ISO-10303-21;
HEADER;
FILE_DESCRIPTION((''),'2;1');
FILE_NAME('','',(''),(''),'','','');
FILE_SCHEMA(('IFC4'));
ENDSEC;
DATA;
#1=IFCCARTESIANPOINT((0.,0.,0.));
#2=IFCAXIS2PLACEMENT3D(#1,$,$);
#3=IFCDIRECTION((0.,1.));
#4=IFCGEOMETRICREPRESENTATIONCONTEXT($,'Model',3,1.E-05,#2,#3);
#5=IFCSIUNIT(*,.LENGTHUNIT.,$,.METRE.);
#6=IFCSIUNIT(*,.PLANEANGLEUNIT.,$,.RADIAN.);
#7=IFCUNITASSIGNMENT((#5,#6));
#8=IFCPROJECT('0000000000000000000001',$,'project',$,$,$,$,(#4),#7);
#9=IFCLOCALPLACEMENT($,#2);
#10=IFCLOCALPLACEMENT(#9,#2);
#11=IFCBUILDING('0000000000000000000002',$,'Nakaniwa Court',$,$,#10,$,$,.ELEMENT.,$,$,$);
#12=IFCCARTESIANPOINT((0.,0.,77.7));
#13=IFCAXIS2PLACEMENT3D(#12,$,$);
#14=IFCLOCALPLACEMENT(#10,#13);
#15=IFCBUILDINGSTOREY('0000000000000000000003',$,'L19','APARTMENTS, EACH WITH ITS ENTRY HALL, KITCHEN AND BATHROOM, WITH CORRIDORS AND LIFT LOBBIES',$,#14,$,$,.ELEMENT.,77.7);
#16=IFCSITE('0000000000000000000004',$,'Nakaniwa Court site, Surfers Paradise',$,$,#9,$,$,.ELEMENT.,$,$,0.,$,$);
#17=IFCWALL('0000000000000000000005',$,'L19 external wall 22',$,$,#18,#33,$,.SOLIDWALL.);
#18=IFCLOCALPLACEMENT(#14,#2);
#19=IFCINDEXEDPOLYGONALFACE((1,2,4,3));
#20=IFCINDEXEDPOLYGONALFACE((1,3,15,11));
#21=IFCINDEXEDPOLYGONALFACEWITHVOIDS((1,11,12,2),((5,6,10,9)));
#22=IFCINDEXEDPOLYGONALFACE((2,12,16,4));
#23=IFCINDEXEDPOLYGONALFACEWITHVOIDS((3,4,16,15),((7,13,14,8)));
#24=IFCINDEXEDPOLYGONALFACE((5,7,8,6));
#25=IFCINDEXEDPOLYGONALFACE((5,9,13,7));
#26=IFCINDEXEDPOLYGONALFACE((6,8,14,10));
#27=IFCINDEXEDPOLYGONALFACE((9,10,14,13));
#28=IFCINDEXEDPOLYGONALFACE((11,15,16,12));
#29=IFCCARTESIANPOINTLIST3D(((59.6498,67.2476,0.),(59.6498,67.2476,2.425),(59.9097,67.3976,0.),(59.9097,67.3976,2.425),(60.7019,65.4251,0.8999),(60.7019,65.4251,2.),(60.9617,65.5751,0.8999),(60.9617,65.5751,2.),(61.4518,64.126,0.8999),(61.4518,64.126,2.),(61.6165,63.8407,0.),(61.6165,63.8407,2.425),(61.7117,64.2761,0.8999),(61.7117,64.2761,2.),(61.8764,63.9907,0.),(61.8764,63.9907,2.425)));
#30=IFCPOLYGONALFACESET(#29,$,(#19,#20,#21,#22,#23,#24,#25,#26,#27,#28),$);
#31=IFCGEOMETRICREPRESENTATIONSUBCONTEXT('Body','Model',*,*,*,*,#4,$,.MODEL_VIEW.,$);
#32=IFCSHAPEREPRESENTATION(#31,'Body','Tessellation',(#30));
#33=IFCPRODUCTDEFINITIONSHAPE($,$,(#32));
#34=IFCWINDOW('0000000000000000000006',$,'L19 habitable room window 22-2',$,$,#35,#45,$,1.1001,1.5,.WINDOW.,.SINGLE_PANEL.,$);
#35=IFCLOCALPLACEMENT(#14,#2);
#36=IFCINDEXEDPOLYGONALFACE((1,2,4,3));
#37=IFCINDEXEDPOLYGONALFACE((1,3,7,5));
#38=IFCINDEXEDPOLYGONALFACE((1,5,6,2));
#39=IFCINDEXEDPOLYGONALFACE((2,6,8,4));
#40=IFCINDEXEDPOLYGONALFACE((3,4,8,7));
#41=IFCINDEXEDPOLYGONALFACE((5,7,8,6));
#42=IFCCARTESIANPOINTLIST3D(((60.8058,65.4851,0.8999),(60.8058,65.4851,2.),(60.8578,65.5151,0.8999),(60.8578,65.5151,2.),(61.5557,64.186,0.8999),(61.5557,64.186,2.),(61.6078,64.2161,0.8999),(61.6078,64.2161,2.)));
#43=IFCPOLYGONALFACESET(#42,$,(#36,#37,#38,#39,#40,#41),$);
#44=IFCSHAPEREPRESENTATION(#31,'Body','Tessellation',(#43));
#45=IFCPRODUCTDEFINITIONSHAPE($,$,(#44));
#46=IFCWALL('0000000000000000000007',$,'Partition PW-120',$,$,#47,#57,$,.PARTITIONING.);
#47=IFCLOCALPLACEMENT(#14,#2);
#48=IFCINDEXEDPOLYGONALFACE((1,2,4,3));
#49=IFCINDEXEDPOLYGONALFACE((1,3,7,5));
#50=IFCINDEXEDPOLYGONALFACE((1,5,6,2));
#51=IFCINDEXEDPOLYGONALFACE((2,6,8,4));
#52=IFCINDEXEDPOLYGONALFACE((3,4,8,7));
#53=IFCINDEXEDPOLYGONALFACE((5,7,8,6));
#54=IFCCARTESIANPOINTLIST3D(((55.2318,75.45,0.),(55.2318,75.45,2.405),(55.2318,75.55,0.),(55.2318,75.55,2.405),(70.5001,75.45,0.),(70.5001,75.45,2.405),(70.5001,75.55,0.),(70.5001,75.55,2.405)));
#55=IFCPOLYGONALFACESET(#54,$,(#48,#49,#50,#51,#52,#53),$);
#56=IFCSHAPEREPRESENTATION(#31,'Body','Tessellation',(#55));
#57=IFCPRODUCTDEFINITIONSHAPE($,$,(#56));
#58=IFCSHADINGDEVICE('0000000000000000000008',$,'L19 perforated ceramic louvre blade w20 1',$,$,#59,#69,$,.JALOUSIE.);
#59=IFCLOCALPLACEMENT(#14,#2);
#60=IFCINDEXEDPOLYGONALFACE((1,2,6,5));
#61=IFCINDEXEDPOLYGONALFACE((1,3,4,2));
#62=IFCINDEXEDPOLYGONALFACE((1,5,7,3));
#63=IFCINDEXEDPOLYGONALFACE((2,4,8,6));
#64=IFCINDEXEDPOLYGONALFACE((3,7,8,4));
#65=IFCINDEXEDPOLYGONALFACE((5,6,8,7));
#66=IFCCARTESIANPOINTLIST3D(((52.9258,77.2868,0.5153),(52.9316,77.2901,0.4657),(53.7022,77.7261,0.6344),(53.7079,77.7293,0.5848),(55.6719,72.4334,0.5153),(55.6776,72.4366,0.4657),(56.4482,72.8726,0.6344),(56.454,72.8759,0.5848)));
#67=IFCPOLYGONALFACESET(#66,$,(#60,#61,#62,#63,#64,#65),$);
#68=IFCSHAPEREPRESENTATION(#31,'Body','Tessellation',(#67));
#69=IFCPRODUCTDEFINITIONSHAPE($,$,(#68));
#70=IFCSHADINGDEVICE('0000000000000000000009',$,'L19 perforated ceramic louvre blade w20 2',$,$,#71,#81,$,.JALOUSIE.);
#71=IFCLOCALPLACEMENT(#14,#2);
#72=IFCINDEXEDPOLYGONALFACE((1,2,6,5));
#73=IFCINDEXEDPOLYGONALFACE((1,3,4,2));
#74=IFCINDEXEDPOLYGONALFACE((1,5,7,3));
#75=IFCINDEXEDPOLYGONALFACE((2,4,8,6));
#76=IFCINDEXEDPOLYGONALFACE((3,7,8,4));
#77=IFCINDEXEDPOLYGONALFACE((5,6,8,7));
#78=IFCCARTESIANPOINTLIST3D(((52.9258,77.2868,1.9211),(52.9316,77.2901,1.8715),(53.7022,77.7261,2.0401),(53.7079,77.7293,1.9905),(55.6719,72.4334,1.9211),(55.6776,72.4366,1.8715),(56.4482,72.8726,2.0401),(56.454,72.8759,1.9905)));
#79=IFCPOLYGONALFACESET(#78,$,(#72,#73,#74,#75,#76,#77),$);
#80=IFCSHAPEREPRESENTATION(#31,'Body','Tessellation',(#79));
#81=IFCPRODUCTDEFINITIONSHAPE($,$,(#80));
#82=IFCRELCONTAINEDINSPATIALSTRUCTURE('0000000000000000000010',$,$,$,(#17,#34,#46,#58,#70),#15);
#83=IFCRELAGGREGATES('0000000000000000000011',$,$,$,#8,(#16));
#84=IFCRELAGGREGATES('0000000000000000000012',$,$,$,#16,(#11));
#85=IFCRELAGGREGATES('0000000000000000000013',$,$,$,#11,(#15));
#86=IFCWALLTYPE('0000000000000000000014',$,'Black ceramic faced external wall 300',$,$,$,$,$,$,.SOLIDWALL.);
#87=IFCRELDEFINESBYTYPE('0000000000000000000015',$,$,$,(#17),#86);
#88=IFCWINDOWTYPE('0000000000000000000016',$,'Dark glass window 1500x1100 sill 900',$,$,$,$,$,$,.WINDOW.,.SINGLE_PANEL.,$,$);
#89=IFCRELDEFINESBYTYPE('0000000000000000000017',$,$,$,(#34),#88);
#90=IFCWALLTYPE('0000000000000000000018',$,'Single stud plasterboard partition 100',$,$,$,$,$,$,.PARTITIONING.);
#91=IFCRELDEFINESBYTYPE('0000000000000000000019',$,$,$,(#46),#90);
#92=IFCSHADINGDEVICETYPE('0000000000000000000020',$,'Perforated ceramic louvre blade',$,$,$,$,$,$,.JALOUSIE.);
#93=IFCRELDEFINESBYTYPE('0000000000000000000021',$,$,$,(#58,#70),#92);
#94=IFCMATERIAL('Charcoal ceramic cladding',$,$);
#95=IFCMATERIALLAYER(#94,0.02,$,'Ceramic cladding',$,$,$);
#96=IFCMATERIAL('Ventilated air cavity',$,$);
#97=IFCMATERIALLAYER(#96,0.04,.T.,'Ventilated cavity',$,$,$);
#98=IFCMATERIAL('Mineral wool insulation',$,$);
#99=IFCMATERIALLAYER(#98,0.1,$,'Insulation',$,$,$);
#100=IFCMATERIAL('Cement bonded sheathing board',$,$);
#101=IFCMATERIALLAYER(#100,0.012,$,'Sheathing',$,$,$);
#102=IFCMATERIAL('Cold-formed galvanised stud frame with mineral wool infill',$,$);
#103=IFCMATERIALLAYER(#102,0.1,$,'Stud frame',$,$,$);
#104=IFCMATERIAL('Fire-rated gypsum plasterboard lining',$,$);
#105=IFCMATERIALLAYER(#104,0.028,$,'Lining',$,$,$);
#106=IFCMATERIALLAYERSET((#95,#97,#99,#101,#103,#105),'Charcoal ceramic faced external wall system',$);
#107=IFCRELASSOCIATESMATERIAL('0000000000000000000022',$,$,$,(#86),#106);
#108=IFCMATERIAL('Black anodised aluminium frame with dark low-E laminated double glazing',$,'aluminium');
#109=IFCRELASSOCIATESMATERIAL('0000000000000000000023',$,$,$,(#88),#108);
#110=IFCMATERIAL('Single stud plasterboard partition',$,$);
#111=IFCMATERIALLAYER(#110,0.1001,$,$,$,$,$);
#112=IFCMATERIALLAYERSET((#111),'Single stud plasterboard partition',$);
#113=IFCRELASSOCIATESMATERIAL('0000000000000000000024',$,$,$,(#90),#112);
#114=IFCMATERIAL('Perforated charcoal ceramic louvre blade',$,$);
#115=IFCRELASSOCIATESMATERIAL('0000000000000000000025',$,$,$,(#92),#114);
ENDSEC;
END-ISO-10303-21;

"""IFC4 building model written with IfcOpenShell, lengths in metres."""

from ifc_helpers import new_model, si_unit, direction, frame, frame_2d, origin, origin_2d, place, context, subcontext, project, spatial, rectangle, extrude, material, layer, layer_set, material_profile, profile_set, type_object, element, fill, save


model = new_model("IFC4")

# Units and contexts
model_context = context("Model", 3, precision=1e-05, world=origin(), true_north=direction((0.0, 1.0)))
body_context = subcontext(model_context, "Body", "Model", "MODEL_VIEW")
ifc_project = project(units=[si_unit("LENGTHUNIT", "METRE"), si_unit("PLANEANGLEUNIT", "RADIAN")], contexts=[model_context])

# Site, building, storey
site_placement = place(None, origin())
site = spatial("IfcSite", under=ifc_project, at=site_placement, Name="Nakaniwa Court site, Surfers Paradise", CompositionType="ELEMENT", RefElevation=0.0)
building_placement = place(site_placement, origin())
building = spatial("IfcBuilding", under=site, at=building_placement, Name="Nakaniwa Court", CompositionType="ELEMENT")
storey_placement = place(building_placement, frame((0.0, 0.0, 77.7)))
storey = spatial("IfcBuildingStorey", under=building, at=storey_placement, Name="L19", Description="APARTMENTS, EACH WITH ITS ENTRY HALL, KITCHEN AND BATHROOM, WITH CORRIDORS AND LIFT LOBBIES", CompositionType="ELEMENT", Elevation=77.7)

# Shared definitions
ifc_material_1 = material(Name="Charcoal ceramic cladding")
ifc_layer_1 = layer(ifc_material_1, 0.02, Name="Ceramic cladding")
ifc_material_2 = material(Name="Ventilated air cavity")
ifc_layer_2 = layer(ifc_material_2, 0.04, ventilated=True, Name="Ventilated cavity")
ifc_material_3 = material(Name="Mineral wool insulation")
ifc_layer_3 = layer(ifc_material_3, 0.1, Name="Insulation")
ifc_material_4 = material(Name="Cement bonded sheathing board")
ifc_layer_4 = layer(ifc_material_4, 0.012, Name="Sheathing")
ifc_material_5 = material(Name="Cold-formed galvanised stud frame with mineral wool infill")
ifc_layer_5 = layer(ifc_material_5, 0.1, Name="Stud frame")
ifc_material_6 = material(Name="Fire-rated gypsum plasterboard lining")
ifc_layer_6 = layer(ifc_material_6, 0.028, Name="Lining")
ifc_layer_set_1 = layer_set([ifc_layer_1, ifc_layer_2, ifc_layer_3, ifc_layer_4, ifc_layer_5, ifc_layer_6], Name="Charcoal ceramic faced external wall system")
wall_type_1 = type_object("IfcWallType", Name="Black ceramic faced external wall 300", PredefinedType="SOLIDWALL", material=ifc_layer_set_1)
ifc_material_7 = material(Name="Black anodised aluminium frame with dark low-E laminated double glazing", Category="aluminium")
window_type_1 = type_object("IfcWindowType", Name="Dark glass window 1500x1100 sill 900", PartitioningType="SINGLE_PANEL", PredefinedType="WINDOW", material=ifc_material_7)

# Wall, opening, window
wall_1_placement = place(storey_placement, frame((59.7798, 67.3225, 0.0), z_axis=(0.0, 0.0, 1.0), x_axis=(0.499957, -0.86605, 0.0)))
wall_1 = element("IfcWall", 1, at=wall_1_placement, inside=storey, type_object=wall_type_1, Name="L19 external wall 22", PredefinedType="SOLIDWALL", context=body_context, shape_type="SweptSolid", body=[
    extrude(rectangle(XDim=3.9338, YDim=0.3, at=frame_2d((1.9668, 0.0))), origin(), (0.0, 0.0, 1.0), 2.425),
])
opening_1_placement = place(wall_1_placement, frame((2.1042, 0.0, 0.8999)))
opening_1 = element("IfcOpeningElement", 2, at=opening_1_placement, cuts=wall_1, PredefinedType="OPENING", context=body_context, shape_type="SweptSolid", body=[
    extrude(rectangle(XDim=1.5, YDim=1.1001, at=frame_2d((0.75, 0.55))), frame((0.0, 0.1599, 0.0), z_axis=(0.0, -1.0, 0.0), x_axis=(1.0, 0.0, 0.0)), (0.0, 0.0, 1.0), 0.3201),
])
window_1_placement = place(opening_1_placement, origin())
window_1 = element("IfcWindow", 3, at=window_1_placement, inside=storey, type_object=window_type_1, Name="L19 habitable room window 22-2", OverallHeight=1.1001, OverallWidth=1.5, PartitioningType="SINGLE_PANEL", PredefinedType="WINDOW", context=body_context, shape_type="SweptSolid", body=[
    extrude(rectangle(XDim=1.5, YDim=1.1001, at=frame_2d((0.75, 0.55))), frame((0.0, 0.03, 0.0), z_axis=(0.0, -1.0, 0.0), x_axis=(1.0, 0.0, 0.0)), (0.0, 0.0, 1.0), 0.0601),
])
fill(opening_1, window_1)

# Wall
ifc_material_8 = material(Name="Single stud plasterboard partition")
ifc_layer_7 = layer(ifc_material_8, 0.1001)
ifc_layer_set_2 = layer_set([ifc_layer_7], Name="Single stud plasterboard partition")
wall_type_2 = type_object("IfcWallType", Name="Single stud plasterboard partition 100", PredefinedType="PARTITIONING", material=ifc_layer_set_2)
wall_2_placement = place(storey_placement, frame((55.2317, 75.5, 0.0), z_axis=(0.0, 0.0, 1.0), x_axis=(1.0, 0.0, 0.0)))
element("IfcWall", 4, at=wall_2_placement, inside=storey, type_object=wall_type_2, Name="Partition PW-120", PredefinedType="PARTITIONING", context=body_context, shape_type="SweptSolid", body=[
    extrude(rectangle(XDim=15.2683, YDim=0.1001, at=frame_2d((7.6343, 0.0))), origin(), (0.0, 0.0, 1.0), 2.405),
])

# Shading devices
ifc_material_9 = material(Name="Perforated charcoal ceramic louvre blade")
ifc_material_profile_1 = material_profile(ifc_material_9, rectangle(XDim=0.8999, YDim=0.05, at=origin_2d()), Name="Perforated ceramic louvre blade")
ifc_profile_set_1 = profile_set([ifc_material_profile_1], Name="Perforated charcoal ceramic louvre blade")
shading_device_type = type_object("IfcShadingDeviceType", Name="Perforated ceramic louvre blade", PredefinedType="JALOUSIE", material=ifc_profile_set_1)
for number, where, z_axis, x_axis, name in (
    (5, (53.3169, 77.5081, 0.55), (0.492438, -0.870347, 0.0), (0.862702, 0.488112, 0.132256), "L19 perforated ceramic louvre blade w20 1"),
    (6, (53.3169, 77.5081, 1.9558), (0.492438, -0.870347, 0.0), (0.862702, 0.488112, 0.132256), "L19 perforated ceramic louvre blade w20 2"),
):
    element("IfcShadingDevice", number, at=place(storey_placement, frame(where, z_axis=z_axis, x_axis=x_axis)), inside=storey, type_object=shading_device_type, Name=name, PredefinedType="JALOUSIE", context=body_context, shape_type="SweptSolid", body=[
        extrude(rectangle(XDim=0.8999, YDim=0.05, at=origin_2d()), origin(), (0.0, 0.0, 1.0), 5.5764),
    ])

save(model, "model.ifc")
